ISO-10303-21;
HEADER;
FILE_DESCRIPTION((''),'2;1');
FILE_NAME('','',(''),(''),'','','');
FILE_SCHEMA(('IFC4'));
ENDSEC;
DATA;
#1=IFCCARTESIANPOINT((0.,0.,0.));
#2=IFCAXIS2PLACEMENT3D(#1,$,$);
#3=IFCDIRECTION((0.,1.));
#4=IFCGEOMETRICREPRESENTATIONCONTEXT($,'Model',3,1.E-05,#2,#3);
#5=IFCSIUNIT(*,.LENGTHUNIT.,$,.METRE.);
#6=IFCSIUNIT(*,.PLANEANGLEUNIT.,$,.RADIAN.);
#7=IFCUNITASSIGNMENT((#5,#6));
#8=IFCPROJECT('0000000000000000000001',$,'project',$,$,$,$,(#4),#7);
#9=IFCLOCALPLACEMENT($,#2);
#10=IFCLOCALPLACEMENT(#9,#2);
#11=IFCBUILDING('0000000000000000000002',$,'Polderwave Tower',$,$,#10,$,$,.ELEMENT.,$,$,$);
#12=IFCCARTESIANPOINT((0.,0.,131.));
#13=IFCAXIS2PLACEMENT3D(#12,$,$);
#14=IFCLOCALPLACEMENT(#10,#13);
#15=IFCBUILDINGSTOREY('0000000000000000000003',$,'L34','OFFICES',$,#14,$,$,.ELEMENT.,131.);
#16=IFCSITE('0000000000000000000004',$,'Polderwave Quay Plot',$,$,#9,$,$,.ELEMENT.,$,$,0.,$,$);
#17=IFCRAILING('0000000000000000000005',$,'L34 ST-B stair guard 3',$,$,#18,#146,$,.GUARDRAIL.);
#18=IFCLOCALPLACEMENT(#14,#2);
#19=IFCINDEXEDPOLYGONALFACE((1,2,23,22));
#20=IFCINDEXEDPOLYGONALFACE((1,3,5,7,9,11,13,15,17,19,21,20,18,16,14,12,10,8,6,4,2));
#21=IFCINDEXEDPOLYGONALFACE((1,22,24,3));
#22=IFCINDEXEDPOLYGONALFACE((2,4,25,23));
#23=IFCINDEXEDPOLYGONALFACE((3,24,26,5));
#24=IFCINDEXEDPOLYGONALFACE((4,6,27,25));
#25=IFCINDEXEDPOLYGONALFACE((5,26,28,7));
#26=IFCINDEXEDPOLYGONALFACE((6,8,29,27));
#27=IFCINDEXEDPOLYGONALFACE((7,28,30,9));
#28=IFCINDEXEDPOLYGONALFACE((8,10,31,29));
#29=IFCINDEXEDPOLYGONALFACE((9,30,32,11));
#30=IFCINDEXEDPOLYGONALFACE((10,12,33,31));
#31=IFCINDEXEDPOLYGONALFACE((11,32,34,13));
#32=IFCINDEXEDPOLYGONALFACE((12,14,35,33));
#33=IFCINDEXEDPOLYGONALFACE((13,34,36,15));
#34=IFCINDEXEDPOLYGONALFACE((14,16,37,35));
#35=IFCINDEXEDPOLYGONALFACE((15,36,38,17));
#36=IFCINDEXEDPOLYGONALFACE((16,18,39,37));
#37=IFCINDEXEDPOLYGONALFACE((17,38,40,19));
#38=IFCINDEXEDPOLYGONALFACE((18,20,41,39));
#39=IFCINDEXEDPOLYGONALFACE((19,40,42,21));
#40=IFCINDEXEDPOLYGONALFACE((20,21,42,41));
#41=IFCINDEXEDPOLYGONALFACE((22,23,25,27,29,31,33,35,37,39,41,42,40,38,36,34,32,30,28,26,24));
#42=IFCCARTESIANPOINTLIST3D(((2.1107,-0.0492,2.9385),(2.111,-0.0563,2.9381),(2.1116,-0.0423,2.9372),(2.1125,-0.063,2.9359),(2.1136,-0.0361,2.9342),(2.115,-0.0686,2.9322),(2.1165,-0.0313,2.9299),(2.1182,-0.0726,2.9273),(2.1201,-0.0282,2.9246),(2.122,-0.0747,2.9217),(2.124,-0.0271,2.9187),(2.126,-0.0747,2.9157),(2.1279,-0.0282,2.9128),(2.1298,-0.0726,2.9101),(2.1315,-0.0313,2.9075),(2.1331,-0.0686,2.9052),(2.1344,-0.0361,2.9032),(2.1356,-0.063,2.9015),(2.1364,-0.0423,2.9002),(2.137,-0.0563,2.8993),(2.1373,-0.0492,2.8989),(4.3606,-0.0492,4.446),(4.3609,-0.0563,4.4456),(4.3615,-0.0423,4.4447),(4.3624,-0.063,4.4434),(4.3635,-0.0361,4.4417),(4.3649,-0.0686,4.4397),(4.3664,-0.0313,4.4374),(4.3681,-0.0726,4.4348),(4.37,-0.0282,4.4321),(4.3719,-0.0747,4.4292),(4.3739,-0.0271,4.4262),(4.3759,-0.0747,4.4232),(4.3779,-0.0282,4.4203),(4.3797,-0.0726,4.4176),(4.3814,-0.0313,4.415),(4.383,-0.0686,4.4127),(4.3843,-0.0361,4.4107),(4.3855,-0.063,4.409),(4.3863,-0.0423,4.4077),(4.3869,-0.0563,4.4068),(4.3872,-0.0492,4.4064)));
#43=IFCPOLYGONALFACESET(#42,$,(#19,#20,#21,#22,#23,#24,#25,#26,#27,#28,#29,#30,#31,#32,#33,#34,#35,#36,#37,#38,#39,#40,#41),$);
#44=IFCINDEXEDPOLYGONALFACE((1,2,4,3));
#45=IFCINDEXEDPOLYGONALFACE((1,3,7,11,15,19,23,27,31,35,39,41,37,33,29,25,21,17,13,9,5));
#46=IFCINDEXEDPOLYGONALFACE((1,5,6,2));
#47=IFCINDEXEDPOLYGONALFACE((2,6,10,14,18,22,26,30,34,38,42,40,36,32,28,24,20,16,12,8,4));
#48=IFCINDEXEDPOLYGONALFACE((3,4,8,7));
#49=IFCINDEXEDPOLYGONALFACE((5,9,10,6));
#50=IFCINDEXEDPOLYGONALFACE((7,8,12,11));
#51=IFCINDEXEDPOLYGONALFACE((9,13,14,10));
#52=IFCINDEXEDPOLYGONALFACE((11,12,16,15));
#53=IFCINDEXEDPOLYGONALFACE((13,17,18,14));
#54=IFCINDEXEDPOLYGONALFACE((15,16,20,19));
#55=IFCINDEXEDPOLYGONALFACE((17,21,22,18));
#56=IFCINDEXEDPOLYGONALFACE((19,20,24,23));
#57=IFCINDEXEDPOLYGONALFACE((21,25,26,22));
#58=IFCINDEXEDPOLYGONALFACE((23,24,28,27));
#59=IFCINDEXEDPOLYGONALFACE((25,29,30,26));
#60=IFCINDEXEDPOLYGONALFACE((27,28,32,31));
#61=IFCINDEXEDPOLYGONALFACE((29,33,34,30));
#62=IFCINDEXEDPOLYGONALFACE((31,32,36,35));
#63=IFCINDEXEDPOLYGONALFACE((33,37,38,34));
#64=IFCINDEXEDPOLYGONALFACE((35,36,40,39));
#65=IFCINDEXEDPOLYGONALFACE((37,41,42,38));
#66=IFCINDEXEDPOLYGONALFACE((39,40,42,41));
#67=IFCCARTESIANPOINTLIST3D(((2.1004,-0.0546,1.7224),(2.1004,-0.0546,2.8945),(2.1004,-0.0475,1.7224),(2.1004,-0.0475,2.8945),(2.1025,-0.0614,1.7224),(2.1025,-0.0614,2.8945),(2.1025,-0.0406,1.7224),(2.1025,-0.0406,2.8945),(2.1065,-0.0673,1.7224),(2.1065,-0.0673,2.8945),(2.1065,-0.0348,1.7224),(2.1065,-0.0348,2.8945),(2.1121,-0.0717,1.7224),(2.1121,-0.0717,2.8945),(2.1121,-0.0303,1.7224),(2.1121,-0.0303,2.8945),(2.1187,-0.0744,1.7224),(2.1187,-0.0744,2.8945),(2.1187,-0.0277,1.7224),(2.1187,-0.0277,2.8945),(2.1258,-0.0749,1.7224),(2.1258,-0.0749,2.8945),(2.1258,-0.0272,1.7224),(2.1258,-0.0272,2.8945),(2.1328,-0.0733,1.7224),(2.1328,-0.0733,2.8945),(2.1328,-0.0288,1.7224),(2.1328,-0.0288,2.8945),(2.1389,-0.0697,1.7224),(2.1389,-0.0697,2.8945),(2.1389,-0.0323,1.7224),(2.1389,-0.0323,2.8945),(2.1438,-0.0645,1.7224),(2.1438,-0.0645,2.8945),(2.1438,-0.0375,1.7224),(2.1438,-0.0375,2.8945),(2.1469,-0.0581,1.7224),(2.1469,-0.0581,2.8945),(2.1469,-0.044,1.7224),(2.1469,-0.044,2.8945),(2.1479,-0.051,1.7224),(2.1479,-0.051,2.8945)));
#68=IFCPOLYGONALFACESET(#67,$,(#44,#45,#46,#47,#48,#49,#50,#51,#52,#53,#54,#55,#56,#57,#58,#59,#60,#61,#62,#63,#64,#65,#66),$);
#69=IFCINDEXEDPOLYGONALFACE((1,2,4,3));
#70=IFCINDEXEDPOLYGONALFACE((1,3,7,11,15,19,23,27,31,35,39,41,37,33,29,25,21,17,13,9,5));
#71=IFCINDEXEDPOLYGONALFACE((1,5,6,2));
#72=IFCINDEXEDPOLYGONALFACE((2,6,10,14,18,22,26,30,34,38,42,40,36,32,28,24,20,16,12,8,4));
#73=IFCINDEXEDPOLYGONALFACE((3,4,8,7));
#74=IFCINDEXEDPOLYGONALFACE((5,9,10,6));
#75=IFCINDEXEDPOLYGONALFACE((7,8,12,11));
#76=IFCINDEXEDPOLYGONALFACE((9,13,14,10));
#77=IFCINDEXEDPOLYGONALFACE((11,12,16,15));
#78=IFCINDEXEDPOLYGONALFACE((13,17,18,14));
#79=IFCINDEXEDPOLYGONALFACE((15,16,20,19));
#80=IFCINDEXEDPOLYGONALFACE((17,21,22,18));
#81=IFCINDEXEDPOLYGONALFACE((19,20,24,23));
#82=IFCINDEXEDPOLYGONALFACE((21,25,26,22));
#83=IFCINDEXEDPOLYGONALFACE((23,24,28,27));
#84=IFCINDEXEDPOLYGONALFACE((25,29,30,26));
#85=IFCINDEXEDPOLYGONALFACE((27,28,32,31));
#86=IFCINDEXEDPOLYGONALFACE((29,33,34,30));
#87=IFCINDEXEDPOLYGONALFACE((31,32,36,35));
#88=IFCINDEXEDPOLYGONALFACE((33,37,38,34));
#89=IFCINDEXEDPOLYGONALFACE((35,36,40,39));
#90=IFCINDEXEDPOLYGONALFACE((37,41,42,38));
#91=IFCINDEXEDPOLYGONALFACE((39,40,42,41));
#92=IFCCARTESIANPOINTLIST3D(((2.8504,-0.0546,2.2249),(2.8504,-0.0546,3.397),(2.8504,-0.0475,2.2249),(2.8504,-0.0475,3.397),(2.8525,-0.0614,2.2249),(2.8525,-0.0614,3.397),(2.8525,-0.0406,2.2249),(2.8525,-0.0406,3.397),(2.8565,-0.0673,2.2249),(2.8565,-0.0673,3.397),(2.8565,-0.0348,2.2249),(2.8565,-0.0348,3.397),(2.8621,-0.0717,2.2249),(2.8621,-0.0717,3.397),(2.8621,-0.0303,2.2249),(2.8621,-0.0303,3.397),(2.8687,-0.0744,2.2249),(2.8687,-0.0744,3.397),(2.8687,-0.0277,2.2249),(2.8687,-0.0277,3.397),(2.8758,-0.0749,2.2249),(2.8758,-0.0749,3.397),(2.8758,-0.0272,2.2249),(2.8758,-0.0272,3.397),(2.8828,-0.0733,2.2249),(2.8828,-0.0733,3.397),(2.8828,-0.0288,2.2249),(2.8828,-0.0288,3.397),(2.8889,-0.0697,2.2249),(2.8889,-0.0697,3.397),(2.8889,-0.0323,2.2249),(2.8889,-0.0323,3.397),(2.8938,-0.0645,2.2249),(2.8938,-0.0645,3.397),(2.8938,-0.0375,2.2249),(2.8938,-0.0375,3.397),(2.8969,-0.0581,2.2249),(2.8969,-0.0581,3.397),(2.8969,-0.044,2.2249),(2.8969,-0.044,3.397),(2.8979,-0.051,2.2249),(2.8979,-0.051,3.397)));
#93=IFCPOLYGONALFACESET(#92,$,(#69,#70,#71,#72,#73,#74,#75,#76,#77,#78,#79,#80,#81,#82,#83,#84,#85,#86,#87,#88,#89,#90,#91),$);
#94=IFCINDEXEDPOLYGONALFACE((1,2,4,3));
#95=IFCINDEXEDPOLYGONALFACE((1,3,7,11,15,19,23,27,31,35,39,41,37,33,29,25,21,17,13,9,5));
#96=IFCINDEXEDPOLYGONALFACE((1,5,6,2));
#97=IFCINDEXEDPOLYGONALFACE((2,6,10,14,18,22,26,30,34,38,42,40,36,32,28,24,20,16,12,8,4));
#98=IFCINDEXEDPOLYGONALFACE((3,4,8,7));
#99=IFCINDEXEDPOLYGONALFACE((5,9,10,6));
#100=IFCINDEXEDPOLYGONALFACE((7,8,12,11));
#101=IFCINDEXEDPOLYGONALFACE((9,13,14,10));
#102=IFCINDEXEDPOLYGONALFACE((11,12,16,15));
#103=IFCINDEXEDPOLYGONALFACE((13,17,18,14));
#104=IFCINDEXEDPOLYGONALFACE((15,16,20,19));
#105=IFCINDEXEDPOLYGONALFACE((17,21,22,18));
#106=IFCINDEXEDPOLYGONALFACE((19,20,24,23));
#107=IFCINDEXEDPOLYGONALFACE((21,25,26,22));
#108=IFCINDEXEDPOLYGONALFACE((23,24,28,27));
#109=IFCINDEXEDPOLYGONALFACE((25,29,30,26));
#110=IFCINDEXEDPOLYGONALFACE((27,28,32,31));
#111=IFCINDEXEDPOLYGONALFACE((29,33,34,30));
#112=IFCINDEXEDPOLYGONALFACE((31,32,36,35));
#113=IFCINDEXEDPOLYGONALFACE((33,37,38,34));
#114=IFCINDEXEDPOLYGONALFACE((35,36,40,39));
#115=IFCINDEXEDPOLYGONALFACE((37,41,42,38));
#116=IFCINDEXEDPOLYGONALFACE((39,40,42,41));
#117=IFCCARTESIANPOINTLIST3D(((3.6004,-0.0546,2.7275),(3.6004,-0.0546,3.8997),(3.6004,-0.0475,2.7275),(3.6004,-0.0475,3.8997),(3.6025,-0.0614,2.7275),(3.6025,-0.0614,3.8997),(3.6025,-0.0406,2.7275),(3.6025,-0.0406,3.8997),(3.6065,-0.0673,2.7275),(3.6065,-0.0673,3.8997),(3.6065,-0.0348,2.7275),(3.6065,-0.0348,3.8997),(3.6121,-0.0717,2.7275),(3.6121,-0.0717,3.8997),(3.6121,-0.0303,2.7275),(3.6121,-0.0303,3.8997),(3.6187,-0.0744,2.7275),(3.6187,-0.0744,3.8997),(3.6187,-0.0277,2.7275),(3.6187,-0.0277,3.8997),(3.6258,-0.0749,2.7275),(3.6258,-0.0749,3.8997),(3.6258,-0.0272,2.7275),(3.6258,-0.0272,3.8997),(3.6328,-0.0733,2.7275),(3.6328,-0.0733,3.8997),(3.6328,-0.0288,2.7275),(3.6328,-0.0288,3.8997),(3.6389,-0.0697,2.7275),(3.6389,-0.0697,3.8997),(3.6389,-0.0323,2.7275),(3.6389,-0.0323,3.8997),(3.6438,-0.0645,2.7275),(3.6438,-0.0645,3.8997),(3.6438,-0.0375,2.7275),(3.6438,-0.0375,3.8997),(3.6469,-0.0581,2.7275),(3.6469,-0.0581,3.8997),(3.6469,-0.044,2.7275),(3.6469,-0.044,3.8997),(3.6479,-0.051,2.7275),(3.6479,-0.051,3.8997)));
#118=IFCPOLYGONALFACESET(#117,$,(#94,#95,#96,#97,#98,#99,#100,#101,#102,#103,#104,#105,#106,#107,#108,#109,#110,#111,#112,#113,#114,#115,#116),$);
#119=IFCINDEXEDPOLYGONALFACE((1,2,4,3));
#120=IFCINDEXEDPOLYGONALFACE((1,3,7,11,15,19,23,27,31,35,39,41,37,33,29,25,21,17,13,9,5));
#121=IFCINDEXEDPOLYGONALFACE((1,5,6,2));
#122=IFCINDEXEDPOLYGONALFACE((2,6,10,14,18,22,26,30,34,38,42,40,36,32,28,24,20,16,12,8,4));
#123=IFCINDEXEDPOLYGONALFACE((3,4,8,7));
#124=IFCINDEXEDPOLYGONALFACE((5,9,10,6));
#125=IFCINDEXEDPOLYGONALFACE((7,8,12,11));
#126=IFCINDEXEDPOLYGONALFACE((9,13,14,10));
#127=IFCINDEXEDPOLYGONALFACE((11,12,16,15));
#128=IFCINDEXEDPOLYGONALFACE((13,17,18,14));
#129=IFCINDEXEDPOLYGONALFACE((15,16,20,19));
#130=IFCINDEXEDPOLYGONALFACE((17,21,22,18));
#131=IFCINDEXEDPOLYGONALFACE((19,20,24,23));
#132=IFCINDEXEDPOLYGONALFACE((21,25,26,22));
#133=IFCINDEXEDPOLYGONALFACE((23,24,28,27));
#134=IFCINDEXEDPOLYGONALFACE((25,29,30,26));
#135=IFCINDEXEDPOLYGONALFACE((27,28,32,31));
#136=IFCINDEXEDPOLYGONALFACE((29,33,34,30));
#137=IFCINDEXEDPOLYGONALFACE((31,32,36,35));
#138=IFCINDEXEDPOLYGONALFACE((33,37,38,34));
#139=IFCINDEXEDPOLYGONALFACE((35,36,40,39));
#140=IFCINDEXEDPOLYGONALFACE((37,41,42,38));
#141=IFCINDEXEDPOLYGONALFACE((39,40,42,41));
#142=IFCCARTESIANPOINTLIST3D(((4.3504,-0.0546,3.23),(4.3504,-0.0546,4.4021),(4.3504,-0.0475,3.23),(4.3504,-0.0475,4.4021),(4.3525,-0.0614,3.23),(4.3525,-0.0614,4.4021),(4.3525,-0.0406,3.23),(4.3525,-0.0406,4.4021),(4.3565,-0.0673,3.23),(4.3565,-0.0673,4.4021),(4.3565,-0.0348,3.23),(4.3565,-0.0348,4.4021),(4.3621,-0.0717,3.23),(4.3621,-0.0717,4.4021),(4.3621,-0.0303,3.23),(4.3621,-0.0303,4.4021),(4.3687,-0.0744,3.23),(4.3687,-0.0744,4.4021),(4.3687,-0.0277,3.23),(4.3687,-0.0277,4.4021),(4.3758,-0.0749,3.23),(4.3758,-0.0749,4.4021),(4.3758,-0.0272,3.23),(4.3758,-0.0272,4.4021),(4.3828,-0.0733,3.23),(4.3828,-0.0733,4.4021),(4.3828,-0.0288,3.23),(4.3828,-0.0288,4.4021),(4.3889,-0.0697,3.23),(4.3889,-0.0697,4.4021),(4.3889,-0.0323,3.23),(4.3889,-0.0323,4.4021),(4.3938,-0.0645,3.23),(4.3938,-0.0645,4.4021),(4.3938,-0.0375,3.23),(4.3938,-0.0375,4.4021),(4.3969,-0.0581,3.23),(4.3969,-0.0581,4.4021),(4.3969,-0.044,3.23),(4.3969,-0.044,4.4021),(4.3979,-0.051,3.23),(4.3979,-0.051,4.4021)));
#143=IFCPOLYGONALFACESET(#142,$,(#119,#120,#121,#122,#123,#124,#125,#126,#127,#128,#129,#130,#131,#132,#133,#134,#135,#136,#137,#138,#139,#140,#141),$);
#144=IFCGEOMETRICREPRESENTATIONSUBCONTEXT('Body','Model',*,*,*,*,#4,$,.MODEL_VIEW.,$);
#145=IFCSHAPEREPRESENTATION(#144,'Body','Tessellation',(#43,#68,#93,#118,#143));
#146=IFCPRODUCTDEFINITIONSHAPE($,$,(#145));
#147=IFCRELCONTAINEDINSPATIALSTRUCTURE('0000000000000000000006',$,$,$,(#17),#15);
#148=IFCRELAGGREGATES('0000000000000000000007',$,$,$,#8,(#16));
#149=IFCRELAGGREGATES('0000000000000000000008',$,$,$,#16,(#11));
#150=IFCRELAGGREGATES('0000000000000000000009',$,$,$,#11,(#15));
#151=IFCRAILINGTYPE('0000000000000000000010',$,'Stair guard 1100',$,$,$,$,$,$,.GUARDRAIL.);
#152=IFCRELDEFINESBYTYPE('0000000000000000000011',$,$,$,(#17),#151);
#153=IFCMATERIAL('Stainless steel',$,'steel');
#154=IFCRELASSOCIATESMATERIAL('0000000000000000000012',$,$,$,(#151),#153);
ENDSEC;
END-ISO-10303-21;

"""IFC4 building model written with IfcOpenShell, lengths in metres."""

from ifc_helpers import new_model, si_unit, direction, frame, origin, origin_2d, place, context, subcontext, project, spatial, circle, extrude, material, type_object, element, save


model = new_model("IFC4")

# Units and contexts
model_context = context("Model", 3, precision=1e-05, world=origin(), true_north=direction((0.0, 1.0)))
body_context = subcontext(model_context, "Body", "Model", "MODEL_VIEW")
ifc_project = project(units=[si_unit("LENGTHUNIT", "METRE"), si_unit("PLANEANGLEUNIT", "RADIAN")], contexts=[model_context])

# Site, building, storey
site_placement = place(None, origin())
site = spatial("IfcSite", under=ifc_project, at=site_placement, Name="Polderwave Quay Plot", CompositionType="ELEMENT", RefElevation=0.0)
building_placement = place(site_placement, origin())
building = spatial("IfcBuilding", under=site, at=building_placement, Name="Polderwave Tower", CompositionType="ELEMENT")
storey_placement = place(building_placement, frame((0.0, 0.0, 131.0)))
storey = spatial("IfcBuildingStorey", under=building, at=storey_placement, Name="L34", Description="OFFICES", CompositionType="ELEMENT", Elevation=131.0)

# Railing
ifc_material_1 = material(Name="Stainless steel", Category="steel")
railing_type_1 = type_object("IfcRailingType", Name="Stair guard 1100", PredefinedType="GUARDRAIL", material=ifc_material_1)
railing_1_placement = place(storey_placement, frame((2.124, -0.051, 1.7224)))
element("IfcRailing", 1, at=railing_1_placement, inside=storey, type_object=railing_type_1, Name="L34 ST-B stair guard 3", PredefinedType="GUARDRAIL", context=body_context, shape_type="SweptSolid", body=[
    extrude(circle(Radius=0.0239, at=origin_2d()), frame((0.0, 0.0, 1.1963), z_axis=(0.830758, 0.0, 0.556633), x_axis=(0.0, 1.0, 0.0)), (0.0, 0.0, 1.0), 2.7083),
    extrude(circle(Radius=0.0239, at=origin_2d()), origin(), (0.0, 0.0, 1.0), 1.1721),
    extrude(circle(Radius=0.0239, at=origin_2d()), frame((0.75, 0.0, 0.5024)), (0.0, 0.0, 1.0), 1.1721),
    extrude(circle(Radius=0.0239, at=origin_2d()), frame((1.5, 0.0, 1.0051)), (0.0, 0.0, 1.0), 1.1721),
    extrude(circle(Radius=0.0239, at=origin_2d()), frame((2.25, 0.0, 1.5076)), (0.0, 0.0, 1.0), 1.1721),
])

save(model, "model.ifc")
